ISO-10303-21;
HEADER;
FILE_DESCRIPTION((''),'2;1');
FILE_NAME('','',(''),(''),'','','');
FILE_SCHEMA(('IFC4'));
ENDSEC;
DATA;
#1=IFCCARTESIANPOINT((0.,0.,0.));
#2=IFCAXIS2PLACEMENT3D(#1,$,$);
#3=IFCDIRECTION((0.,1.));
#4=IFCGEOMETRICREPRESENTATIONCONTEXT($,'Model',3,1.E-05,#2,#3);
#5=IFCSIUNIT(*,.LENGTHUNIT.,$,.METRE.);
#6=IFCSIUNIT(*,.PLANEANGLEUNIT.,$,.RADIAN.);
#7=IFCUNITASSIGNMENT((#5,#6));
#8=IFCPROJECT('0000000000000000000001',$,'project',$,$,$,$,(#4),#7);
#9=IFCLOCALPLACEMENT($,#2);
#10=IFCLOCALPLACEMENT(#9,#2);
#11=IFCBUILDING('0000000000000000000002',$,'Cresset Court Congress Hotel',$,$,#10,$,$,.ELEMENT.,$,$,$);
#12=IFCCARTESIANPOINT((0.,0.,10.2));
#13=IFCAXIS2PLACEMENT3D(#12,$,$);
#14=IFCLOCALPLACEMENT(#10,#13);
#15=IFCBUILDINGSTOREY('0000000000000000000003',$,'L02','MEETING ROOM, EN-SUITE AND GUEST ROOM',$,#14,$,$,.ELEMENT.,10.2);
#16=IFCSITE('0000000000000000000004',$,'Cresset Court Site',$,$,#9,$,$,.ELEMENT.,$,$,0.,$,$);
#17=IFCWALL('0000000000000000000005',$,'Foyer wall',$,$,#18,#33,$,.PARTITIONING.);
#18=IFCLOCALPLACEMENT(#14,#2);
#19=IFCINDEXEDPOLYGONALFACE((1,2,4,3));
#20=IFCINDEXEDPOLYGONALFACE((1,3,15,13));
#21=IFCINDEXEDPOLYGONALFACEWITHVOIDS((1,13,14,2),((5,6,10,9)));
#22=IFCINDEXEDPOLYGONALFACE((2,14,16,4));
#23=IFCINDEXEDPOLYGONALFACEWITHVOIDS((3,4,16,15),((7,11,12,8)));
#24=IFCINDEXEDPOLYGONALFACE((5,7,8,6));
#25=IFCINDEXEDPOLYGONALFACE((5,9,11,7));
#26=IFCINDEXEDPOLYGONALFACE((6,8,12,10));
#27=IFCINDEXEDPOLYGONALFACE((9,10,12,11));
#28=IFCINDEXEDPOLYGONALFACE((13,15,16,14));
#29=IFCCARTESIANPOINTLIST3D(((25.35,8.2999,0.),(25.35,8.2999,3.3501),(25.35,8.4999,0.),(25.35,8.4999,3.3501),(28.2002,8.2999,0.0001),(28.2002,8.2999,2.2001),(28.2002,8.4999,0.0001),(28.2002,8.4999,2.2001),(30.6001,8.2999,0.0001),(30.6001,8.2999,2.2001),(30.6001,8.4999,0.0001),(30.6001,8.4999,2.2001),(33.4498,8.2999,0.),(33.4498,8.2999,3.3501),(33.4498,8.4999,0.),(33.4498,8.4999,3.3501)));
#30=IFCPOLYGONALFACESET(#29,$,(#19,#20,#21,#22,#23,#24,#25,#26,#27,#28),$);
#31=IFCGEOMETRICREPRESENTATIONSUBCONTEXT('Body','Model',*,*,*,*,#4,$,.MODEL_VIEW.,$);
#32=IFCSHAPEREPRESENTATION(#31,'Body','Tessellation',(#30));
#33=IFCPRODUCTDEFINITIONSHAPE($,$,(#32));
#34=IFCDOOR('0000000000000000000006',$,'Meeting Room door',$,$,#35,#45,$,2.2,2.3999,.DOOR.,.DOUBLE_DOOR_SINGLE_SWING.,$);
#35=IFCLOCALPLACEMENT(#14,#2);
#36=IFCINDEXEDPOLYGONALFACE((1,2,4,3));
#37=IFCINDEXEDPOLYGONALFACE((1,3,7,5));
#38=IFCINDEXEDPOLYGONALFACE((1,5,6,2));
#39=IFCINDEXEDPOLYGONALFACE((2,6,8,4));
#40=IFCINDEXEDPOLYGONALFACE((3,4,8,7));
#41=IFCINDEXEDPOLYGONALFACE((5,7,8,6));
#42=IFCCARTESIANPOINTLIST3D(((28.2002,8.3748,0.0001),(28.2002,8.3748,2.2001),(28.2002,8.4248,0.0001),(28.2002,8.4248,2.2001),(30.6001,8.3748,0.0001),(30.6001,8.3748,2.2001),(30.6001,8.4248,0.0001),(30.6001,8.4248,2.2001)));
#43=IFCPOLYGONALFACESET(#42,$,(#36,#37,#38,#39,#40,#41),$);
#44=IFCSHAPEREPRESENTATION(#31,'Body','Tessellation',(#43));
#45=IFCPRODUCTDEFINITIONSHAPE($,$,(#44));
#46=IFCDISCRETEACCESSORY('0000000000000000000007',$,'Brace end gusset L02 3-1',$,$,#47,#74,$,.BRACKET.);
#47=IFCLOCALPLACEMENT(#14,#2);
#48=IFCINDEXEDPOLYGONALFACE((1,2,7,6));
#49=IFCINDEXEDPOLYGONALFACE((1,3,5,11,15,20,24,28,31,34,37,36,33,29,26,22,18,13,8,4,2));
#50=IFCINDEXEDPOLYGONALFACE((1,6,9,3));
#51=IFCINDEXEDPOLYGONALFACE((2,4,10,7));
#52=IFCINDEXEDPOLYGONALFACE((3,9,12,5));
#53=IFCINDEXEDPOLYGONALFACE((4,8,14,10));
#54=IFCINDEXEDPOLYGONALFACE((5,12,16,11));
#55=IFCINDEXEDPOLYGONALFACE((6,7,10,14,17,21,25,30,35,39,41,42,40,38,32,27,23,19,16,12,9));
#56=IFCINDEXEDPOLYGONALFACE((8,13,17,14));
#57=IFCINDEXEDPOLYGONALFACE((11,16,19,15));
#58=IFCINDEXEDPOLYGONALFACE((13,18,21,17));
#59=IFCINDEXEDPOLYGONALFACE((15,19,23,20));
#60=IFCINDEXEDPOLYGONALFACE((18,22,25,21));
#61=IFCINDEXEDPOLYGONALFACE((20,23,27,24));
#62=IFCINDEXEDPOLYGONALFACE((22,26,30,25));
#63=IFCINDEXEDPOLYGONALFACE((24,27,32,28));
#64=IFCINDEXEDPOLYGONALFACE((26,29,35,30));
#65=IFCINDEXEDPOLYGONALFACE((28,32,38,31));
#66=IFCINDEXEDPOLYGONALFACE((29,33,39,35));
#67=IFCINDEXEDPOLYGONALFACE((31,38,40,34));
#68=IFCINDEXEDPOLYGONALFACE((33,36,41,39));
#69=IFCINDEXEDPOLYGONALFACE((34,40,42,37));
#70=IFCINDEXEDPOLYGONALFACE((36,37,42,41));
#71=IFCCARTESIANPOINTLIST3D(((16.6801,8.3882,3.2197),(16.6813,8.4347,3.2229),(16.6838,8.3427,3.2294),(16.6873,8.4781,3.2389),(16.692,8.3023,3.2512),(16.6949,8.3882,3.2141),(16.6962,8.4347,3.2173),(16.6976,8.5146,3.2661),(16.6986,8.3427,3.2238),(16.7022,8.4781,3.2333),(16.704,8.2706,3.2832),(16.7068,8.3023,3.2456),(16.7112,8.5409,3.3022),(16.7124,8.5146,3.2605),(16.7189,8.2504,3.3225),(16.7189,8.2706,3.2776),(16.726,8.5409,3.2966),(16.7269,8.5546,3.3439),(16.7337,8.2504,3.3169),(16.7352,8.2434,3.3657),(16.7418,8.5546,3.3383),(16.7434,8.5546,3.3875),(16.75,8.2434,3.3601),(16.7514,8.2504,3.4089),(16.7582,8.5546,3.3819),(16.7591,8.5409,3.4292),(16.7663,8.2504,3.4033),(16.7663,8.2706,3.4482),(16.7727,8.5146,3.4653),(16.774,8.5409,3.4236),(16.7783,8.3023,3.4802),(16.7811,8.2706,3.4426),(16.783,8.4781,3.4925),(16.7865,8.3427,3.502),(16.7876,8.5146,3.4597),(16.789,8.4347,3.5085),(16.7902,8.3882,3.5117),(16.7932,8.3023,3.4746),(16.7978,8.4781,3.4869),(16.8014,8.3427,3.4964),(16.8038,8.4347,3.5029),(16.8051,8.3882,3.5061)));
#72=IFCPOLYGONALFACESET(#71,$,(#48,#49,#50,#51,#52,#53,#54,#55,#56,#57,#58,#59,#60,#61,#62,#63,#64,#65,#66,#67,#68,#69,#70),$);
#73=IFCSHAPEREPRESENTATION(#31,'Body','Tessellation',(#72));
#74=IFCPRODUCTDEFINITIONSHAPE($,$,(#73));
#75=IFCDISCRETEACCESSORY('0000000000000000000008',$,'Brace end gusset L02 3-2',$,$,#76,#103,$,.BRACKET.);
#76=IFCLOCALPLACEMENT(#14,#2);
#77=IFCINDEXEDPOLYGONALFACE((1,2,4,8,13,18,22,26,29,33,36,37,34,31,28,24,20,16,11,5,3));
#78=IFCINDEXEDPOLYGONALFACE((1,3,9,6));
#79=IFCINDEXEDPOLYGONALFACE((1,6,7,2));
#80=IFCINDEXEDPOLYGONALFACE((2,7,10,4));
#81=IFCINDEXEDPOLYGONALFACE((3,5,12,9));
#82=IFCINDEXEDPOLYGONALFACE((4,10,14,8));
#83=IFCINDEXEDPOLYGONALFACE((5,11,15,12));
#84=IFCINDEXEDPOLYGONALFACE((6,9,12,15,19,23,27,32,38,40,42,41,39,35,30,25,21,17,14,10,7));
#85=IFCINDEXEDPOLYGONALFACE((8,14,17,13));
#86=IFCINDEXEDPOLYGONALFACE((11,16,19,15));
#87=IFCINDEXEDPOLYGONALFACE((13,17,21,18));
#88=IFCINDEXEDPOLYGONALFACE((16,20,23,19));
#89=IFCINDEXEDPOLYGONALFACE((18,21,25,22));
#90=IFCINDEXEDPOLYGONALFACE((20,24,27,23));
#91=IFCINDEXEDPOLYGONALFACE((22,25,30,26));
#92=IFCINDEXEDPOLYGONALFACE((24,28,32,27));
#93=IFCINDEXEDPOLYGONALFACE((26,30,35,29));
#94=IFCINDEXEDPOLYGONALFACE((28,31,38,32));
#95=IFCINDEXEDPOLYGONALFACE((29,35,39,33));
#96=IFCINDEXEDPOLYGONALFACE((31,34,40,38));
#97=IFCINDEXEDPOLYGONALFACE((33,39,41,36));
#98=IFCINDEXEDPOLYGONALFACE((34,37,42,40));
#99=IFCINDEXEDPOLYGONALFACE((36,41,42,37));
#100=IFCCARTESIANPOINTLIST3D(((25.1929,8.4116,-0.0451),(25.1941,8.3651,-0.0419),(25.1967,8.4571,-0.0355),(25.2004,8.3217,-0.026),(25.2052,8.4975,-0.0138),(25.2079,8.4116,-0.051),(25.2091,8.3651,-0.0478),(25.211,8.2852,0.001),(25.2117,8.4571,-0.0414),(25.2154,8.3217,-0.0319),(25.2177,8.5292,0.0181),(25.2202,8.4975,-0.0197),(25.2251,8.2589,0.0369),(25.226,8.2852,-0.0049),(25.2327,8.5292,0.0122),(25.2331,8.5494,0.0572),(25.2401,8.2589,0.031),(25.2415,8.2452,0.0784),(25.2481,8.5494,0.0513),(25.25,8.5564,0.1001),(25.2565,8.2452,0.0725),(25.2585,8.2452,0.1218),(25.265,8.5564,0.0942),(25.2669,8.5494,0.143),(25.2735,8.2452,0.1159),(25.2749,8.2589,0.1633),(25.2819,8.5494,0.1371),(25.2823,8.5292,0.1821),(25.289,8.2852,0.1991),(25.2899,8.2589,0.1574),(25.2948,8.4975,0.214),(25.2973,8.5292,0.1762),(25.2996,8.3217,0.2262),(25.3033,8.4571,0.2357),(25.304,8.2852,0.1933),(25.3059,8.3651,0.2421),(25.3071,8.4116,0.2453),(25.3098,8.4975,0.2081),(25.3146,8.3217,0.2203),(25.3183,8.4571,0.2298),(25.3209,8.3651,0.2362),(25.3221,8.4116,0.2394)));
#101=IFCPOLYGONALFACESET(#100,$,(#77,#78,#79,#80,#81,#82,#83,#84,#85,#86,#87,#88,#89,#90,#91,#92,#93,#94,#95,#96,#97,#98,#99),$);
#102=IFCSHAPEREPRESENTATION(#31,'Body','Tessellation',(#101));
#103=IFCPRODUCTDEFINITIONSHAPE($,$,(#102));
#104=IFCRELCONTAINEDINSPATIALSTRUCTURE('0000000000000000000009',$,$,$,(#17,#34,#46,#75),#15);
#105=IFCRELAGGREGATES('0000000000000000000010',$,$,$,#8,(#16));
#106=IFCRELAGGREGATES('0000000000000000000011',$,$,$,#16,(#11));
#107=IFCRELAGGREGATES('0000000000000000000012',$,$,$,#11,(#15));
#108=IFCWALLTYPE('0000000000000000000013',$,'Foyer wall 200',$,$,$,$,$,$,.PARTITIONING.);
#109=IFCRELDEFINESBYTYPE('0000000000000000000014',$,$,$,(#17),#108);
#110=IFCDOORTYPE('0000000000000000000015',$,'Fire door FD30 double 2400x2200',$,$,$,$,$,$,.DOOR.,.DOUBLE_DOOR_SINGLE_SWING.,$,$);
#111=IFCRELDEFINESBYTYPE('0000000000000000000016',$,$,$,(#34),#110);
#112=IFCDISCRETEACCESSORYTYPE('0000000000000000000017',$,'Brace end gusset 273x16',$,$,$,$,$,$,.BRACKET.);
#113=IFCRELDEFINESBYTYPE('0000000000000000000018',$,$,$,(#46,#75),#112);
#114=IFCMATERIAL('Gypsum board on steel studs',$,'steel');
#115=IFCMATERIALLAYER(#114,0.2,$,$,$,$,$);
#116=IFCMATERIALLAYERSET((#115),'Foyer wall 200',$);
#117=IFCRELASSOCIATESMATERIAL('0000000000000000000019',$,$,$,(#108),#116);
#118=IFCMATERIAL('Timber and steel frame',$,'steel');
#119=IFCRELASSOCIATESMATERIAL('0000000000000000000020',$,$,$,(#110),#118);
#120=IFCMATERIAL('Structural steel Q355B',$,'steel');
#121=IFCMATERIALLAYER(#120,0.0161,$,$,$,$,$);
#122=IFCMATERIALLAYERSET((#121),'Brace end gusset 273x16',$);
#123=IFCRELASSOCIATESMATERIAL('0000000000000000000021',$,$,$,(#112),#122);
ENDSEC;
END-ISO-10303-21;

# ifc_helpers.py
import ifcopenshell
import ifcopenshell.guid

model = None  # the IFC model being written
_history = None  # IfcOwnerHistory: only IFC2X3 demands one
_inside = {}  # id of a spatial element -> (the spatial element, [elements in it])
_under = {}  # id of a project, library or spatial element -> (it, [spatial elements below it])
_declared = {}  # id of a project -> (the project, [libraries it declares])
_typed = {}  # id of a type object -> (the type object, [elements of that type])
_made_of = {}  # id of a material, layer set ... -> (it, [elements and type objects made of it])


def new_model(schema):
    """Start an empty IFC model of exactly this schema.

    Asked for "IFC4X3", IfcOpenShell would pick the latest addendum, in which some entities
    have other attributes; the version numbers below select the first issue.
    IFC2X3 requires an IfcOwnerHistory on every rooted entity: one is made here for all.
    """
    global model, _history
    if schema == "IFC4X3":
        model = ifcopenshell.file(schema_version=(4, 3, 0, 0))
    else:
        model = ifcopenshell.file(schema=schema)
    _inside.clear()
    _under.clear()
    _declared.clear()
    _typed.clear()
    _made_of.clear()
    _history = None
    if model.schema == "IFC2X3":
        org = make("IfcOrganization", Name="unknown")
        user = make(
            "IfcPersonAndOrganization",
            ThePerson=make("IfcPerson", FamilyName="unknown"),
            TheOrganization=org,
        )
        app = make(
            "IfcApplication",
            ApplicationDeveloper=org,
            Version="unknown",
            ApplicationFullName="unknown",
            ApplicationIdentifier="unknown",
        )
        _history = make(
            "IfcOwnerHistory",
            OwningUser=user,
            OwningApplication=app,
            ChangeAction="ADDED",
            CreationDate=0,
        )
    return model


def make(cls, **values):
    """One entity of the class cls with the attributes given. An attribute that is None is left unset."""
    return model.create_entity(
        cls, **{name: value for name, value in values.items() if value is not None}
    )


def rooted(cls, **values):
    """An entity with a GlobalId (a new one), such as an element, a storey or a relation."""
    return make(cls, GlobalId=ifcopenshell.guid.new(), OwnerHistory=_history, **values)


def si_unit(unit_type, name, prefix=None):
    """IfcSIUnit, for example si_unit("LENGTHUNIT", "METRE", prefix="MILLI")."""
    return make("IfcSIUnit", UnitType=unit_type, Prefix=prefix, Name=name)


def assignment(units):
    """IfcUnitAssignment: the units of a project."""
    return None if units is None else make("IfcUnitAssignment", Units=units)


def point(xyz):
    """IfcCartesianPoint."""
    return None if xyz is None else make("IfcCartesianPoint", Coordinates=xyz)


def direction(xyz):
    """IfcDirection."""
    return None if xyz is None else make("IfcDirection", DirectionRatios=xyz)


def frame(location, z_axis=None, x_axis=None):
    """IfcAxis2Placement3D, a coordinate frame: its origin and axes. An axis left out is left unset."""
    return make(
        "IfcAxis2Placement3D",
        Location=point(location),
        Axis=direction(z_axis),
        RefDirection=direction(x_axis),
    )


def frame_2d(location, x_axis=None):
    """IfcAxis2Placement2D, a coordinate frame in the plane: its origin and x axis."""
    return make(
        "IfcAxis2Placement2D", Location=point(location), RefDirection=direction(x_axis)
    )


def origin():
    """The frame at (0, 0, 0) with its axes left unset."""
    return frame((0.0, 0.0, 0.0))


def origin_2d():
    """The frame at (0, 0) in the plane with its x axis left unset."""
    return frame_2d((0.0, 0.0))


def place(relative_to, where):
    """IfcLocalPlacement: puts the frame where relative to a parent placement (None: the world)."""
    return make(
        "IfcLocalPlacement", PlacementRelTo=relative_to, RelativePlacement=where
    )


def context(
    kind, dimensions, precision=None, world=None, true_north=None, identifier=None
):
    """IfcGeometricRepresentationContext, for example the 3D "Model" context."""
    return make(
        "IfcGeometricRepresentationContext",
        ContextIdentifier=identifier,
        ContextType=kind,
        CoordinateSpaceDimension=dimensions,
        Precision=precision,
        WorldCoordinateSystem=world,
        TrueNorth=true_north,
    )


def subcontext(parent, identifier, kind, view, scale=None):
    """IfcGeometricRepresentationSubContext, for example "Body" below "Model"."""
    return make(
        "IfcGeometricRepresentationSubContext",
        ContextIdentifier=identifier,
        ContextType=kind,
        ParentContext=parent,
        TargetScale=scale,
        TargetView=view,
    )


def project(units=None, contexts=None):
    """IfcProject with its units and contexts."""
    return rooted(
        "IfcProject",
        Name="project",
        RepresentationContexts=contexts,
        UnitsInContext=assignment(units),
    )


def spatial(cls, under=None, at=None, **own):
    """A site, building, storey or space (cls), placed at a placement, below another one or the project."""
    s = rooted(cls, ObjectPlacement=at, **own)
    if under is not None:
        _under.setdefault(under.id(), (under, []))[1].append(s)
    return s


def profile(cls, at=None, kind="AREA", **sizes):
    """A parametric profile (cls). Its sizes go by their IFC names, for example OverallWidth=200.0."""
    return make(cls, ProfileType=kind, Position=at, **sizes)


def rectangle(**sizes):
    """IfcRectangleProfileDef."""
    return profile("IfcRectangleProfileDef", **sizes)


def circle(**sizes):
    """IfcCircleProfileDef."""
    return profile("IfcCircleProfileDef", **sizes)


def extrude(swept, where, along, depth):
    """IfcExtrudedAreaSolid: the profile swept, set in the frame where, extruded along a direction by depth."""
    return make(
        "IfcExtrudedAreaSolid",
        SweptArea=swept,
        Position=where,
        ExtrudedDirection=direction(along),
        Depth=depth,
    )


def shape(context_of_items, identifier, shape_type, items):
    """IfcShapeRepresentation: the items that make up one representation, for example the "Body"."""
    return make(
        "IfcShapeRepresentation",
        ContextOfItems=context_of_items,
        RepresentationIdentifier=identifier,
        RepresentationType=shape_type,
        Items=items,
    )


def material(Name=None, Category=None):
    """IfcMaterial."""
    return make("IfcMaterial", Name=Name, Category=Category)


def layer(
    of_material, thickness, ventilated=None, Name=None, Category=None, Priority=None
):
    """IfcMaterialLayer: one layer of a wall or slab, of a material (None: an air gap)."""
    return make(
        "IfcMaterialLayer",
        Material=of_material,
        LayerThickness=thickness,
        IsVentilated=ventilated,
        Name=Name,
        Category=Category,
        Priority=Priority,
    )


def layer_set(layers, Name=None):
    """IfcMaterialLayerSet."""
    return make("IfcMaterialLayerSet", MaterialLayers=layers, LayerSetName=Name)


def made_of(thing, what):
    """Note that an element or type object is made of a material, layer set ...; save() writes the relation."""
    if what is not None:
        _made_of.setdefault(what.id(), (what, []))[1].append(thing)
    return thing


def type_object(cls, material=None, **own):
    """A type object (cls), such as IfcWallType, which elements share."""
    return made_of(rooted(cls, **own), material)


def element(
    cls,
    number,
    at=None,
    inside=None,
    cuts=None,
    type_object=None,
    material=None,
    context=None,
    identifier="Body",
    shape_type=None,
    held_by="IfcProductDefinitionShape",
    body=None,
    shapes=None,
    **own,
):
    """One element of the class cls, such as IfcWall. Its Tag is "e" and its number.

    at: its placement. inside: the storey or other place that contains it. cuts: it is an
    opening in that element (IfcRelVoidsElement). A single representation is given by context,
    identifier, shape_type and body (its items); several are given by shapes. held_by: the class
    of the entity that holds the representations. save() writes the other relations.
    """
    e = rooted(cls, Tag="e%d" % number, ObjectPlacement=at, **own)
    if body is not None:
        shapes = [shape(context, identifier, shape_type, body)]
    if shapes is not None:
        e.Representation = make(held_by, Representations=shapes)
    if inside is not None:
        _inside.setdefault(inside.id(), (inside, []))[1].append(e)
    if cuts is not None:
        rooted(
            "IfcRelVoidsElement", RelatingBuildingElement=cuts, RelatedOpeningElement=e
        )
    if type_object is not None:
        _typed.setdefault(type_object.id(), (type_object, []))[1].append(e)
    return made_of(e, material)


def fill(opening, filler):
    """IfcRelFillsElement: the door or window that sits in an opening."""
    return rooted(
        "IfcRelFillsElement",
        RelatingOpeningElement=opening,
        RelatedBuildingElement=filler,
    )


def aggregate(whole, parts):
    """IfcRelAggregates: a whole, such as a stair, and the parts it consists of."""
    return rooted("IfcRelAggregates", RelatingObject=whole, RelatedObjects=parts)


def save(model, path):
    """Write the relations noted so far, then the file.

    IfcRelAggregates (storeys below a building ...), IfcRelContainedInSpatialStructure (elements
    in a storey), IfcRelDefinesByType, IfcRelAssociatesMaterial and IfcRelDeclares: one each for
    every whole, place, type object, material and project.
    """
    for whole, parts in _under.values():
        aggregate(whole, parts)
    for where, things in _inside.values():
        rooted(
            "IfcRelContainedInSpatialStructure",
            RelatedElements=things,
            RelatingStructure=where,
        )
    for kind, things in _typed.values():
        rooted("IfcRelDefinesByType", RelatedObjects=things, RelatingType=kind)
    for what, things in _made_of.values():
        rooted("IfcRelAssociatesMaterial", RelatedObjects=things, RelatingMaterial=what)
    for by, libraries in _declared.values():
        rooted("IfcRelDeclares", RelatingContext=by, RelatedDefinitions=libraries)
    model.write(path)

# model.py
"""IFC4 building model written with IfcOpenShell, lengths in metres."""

from ifc_helpers import new_model, si_unit, direction, frame, frame_2d, origin, origin_2d, place, context, subcontext, project, spatial, rectangle, circle, extrude, material, layer, layer_set, type_object, element, fill, save


model = new_model("IFC4")

# Units and contexts
model_context = context("Model", 3, precision=1e-05, world=origin(), true_north=direction((0.0, 1.0)))
body_context = subcontext(model_context, "Body", "Model", "MODEL_VIEW")
ifc_project = project(units=[si_unit("LENGTHUNIT", "METRE"), si_unit("PLANEANGLEUNIT", "RADIAN")], contexts=[model_context])

# Site, building, storey
site_placement = place(None, origin())
site = spatial("IfcSite", under=ifc_project, at=site_placement, Name="Cresset Court Site", CompositionType="ELEMENT", RefElevation=0.0)
building_placement = place(site_placement, origin())
building = spatial("IfcBuilding", under=site, at=building_placement, Name="Cresset Court Congress Hotel", CompositionType="ELEMENT")
storey_placement = place(building_placement, frame((0.0, 0.0, 10.2)))
storey = spatial("IfcBuildingStorey", under=building, at=storey_placement, Name="L02", Description="MEETING ROOM, EN-SUITE AND GUEST ROOM", CompositionType="ELEMENT", Elevation=10.2)

# Wall, opening, door
ifc_material_1 = material(Name="Gypsum board on steel studs", Category="steel")
ifc_layer_1 = layer(ifc_material_1, 0.2)
ifc_layer_set_1 = layer_set([ifc_layer_1], Name="Foyer wall 200")
wall_type = type_object("IfcWallType", Name="Foyer wall 200", PredefinedType="PARTITIONING", material=ifc_layer_set_1)
wall_placement = place(storey_placement, frame((25.3501, 8.3999, 0.0), z_axis=(0.0, 0.0, 1.0), x_axis=(1.0, 0.0, 0.0)))
wall = element("IfcWall", 1, at=wall_placement, inside=storey, type_object=wall_type, Name="Foyer wall", PredefinedType="PARTITIONING", context=body_context, shape_type="SweptSolid", body=[
    extrude(rectangle(XDim=8.0999, YDim=0.2, at=frame_2d((4.0498, 0.0))), origin(), (0.0, 0.0, 1.0), 3.3501),
])
opening_placement = place(wall_placement, frame((2.8501, 0.0, 0.0)))
opening = element("IfcOpeningElement", 2, at=opening_placement, cuts=wall, PredefinedType="OPENING", context=body_context, shape_type="SweptSolid", body=[
    extrude(rectangle(XDim=2.3999, YDim=2.2, at=frame_2d((1.2, 1.1001))), frame((0.0, 0.1099, 0.0), z_axis=(0.0, -1.0, 0.0), x_axis=(1.0, 0.0, 0.0)), (0.0, 0.0, 1.0), 0.22),
])
ifc_material_2 = material(Name="Timber and steel frame", Category="steel")
door_type = type_object("IfcDoorType", Name="Fire door FD30 double 2400x2200", OperationType="DOUBLE_DOOR_SINGLE_SWING", PredefinedType="DOOR", material=ifc_material_2)
door_placement = place(opening_placement, origin())
door = element("IfcDoor", 3, at=door_placement, inside=storey, type_object=door_type, Name="Meeting Room door", OperationType="DOUBLE_DOOR_SINGLE_SWING", OverallHeight=2.2, OverallWidth=2.3999, PredefinedType="DOOR", context=body_context, shape_type="SweptSolid", body=[
    extrude(rectangle(XDim=2.3999, YDim=2.2, at=frame_2d((1.2, 1.1001))), frame((0.0, 0.0249, 0.0), z_axis=(0.0, -1.0, 0.0), x_axis=(1.0, 0.0, 0.0)), (0.0, 0.0, 1.0), 0.05),
])
fill(opening, door)

# Discrete accessories
ifc_material_3 = material(Name="Structural steel Q355B", Category="steel")
ifc_layer_2 = layer(ifc_material_3, 0.0161)
ifc_layer_set_2 = layer_set([ifc_layer_2], Name="Brace end gusset 273x16")
discrete_accessory_type = type_object("IfcDiscreteAccessoryType", Name="Brace end gusset 273x16", PredefinedType="BRACKET", material=ifc_layer_set_2)
discrete_accessory_1_placement = place(storey_placement, frame((16.75, 8.3999, 3.3601), z_axis=(-0.935697, 0.0, 0.352804), x_axis=(0.0, -1.0, 0.0)))
element("IfcDiscreteAccessory", 4, at=discrete_accessory_1_placement, inside=storey, type_object=discrete_accessory_type, Name="Brace end gusset L02 3-1", PredefinedType="BRACKET", context=body_context, shape_type="SweptSolid", body=[
    extrude(circle(Radius=0.1565, at=origin_2d()), origin(), (0.0, 0.0, 1.0), 0.0159),
])
discrete_accessory_2_placement = place(storey_placement, frame((25.25, 8.3999, 0.1001), z_axis=(0.930566, 0.0, -0.366124), x_axis=(0.0, 1.0, 0.0)))
element("IfcDiscreteAccessory", 5, at=discrete_accessory_2_placement, inside=storey, type_object=discrete_accessory_type, Name="Brace end gusset L02 3-2", PredefinedType="BRACKET", context=body_context, shape_type="SweptSolid", body=[
    extrude(circle(Radius=0.1565, at=origin_2d()), origin(), (0.0, 0.0, 1.0), 0.0161),
])

save(model, "model.ifc")
